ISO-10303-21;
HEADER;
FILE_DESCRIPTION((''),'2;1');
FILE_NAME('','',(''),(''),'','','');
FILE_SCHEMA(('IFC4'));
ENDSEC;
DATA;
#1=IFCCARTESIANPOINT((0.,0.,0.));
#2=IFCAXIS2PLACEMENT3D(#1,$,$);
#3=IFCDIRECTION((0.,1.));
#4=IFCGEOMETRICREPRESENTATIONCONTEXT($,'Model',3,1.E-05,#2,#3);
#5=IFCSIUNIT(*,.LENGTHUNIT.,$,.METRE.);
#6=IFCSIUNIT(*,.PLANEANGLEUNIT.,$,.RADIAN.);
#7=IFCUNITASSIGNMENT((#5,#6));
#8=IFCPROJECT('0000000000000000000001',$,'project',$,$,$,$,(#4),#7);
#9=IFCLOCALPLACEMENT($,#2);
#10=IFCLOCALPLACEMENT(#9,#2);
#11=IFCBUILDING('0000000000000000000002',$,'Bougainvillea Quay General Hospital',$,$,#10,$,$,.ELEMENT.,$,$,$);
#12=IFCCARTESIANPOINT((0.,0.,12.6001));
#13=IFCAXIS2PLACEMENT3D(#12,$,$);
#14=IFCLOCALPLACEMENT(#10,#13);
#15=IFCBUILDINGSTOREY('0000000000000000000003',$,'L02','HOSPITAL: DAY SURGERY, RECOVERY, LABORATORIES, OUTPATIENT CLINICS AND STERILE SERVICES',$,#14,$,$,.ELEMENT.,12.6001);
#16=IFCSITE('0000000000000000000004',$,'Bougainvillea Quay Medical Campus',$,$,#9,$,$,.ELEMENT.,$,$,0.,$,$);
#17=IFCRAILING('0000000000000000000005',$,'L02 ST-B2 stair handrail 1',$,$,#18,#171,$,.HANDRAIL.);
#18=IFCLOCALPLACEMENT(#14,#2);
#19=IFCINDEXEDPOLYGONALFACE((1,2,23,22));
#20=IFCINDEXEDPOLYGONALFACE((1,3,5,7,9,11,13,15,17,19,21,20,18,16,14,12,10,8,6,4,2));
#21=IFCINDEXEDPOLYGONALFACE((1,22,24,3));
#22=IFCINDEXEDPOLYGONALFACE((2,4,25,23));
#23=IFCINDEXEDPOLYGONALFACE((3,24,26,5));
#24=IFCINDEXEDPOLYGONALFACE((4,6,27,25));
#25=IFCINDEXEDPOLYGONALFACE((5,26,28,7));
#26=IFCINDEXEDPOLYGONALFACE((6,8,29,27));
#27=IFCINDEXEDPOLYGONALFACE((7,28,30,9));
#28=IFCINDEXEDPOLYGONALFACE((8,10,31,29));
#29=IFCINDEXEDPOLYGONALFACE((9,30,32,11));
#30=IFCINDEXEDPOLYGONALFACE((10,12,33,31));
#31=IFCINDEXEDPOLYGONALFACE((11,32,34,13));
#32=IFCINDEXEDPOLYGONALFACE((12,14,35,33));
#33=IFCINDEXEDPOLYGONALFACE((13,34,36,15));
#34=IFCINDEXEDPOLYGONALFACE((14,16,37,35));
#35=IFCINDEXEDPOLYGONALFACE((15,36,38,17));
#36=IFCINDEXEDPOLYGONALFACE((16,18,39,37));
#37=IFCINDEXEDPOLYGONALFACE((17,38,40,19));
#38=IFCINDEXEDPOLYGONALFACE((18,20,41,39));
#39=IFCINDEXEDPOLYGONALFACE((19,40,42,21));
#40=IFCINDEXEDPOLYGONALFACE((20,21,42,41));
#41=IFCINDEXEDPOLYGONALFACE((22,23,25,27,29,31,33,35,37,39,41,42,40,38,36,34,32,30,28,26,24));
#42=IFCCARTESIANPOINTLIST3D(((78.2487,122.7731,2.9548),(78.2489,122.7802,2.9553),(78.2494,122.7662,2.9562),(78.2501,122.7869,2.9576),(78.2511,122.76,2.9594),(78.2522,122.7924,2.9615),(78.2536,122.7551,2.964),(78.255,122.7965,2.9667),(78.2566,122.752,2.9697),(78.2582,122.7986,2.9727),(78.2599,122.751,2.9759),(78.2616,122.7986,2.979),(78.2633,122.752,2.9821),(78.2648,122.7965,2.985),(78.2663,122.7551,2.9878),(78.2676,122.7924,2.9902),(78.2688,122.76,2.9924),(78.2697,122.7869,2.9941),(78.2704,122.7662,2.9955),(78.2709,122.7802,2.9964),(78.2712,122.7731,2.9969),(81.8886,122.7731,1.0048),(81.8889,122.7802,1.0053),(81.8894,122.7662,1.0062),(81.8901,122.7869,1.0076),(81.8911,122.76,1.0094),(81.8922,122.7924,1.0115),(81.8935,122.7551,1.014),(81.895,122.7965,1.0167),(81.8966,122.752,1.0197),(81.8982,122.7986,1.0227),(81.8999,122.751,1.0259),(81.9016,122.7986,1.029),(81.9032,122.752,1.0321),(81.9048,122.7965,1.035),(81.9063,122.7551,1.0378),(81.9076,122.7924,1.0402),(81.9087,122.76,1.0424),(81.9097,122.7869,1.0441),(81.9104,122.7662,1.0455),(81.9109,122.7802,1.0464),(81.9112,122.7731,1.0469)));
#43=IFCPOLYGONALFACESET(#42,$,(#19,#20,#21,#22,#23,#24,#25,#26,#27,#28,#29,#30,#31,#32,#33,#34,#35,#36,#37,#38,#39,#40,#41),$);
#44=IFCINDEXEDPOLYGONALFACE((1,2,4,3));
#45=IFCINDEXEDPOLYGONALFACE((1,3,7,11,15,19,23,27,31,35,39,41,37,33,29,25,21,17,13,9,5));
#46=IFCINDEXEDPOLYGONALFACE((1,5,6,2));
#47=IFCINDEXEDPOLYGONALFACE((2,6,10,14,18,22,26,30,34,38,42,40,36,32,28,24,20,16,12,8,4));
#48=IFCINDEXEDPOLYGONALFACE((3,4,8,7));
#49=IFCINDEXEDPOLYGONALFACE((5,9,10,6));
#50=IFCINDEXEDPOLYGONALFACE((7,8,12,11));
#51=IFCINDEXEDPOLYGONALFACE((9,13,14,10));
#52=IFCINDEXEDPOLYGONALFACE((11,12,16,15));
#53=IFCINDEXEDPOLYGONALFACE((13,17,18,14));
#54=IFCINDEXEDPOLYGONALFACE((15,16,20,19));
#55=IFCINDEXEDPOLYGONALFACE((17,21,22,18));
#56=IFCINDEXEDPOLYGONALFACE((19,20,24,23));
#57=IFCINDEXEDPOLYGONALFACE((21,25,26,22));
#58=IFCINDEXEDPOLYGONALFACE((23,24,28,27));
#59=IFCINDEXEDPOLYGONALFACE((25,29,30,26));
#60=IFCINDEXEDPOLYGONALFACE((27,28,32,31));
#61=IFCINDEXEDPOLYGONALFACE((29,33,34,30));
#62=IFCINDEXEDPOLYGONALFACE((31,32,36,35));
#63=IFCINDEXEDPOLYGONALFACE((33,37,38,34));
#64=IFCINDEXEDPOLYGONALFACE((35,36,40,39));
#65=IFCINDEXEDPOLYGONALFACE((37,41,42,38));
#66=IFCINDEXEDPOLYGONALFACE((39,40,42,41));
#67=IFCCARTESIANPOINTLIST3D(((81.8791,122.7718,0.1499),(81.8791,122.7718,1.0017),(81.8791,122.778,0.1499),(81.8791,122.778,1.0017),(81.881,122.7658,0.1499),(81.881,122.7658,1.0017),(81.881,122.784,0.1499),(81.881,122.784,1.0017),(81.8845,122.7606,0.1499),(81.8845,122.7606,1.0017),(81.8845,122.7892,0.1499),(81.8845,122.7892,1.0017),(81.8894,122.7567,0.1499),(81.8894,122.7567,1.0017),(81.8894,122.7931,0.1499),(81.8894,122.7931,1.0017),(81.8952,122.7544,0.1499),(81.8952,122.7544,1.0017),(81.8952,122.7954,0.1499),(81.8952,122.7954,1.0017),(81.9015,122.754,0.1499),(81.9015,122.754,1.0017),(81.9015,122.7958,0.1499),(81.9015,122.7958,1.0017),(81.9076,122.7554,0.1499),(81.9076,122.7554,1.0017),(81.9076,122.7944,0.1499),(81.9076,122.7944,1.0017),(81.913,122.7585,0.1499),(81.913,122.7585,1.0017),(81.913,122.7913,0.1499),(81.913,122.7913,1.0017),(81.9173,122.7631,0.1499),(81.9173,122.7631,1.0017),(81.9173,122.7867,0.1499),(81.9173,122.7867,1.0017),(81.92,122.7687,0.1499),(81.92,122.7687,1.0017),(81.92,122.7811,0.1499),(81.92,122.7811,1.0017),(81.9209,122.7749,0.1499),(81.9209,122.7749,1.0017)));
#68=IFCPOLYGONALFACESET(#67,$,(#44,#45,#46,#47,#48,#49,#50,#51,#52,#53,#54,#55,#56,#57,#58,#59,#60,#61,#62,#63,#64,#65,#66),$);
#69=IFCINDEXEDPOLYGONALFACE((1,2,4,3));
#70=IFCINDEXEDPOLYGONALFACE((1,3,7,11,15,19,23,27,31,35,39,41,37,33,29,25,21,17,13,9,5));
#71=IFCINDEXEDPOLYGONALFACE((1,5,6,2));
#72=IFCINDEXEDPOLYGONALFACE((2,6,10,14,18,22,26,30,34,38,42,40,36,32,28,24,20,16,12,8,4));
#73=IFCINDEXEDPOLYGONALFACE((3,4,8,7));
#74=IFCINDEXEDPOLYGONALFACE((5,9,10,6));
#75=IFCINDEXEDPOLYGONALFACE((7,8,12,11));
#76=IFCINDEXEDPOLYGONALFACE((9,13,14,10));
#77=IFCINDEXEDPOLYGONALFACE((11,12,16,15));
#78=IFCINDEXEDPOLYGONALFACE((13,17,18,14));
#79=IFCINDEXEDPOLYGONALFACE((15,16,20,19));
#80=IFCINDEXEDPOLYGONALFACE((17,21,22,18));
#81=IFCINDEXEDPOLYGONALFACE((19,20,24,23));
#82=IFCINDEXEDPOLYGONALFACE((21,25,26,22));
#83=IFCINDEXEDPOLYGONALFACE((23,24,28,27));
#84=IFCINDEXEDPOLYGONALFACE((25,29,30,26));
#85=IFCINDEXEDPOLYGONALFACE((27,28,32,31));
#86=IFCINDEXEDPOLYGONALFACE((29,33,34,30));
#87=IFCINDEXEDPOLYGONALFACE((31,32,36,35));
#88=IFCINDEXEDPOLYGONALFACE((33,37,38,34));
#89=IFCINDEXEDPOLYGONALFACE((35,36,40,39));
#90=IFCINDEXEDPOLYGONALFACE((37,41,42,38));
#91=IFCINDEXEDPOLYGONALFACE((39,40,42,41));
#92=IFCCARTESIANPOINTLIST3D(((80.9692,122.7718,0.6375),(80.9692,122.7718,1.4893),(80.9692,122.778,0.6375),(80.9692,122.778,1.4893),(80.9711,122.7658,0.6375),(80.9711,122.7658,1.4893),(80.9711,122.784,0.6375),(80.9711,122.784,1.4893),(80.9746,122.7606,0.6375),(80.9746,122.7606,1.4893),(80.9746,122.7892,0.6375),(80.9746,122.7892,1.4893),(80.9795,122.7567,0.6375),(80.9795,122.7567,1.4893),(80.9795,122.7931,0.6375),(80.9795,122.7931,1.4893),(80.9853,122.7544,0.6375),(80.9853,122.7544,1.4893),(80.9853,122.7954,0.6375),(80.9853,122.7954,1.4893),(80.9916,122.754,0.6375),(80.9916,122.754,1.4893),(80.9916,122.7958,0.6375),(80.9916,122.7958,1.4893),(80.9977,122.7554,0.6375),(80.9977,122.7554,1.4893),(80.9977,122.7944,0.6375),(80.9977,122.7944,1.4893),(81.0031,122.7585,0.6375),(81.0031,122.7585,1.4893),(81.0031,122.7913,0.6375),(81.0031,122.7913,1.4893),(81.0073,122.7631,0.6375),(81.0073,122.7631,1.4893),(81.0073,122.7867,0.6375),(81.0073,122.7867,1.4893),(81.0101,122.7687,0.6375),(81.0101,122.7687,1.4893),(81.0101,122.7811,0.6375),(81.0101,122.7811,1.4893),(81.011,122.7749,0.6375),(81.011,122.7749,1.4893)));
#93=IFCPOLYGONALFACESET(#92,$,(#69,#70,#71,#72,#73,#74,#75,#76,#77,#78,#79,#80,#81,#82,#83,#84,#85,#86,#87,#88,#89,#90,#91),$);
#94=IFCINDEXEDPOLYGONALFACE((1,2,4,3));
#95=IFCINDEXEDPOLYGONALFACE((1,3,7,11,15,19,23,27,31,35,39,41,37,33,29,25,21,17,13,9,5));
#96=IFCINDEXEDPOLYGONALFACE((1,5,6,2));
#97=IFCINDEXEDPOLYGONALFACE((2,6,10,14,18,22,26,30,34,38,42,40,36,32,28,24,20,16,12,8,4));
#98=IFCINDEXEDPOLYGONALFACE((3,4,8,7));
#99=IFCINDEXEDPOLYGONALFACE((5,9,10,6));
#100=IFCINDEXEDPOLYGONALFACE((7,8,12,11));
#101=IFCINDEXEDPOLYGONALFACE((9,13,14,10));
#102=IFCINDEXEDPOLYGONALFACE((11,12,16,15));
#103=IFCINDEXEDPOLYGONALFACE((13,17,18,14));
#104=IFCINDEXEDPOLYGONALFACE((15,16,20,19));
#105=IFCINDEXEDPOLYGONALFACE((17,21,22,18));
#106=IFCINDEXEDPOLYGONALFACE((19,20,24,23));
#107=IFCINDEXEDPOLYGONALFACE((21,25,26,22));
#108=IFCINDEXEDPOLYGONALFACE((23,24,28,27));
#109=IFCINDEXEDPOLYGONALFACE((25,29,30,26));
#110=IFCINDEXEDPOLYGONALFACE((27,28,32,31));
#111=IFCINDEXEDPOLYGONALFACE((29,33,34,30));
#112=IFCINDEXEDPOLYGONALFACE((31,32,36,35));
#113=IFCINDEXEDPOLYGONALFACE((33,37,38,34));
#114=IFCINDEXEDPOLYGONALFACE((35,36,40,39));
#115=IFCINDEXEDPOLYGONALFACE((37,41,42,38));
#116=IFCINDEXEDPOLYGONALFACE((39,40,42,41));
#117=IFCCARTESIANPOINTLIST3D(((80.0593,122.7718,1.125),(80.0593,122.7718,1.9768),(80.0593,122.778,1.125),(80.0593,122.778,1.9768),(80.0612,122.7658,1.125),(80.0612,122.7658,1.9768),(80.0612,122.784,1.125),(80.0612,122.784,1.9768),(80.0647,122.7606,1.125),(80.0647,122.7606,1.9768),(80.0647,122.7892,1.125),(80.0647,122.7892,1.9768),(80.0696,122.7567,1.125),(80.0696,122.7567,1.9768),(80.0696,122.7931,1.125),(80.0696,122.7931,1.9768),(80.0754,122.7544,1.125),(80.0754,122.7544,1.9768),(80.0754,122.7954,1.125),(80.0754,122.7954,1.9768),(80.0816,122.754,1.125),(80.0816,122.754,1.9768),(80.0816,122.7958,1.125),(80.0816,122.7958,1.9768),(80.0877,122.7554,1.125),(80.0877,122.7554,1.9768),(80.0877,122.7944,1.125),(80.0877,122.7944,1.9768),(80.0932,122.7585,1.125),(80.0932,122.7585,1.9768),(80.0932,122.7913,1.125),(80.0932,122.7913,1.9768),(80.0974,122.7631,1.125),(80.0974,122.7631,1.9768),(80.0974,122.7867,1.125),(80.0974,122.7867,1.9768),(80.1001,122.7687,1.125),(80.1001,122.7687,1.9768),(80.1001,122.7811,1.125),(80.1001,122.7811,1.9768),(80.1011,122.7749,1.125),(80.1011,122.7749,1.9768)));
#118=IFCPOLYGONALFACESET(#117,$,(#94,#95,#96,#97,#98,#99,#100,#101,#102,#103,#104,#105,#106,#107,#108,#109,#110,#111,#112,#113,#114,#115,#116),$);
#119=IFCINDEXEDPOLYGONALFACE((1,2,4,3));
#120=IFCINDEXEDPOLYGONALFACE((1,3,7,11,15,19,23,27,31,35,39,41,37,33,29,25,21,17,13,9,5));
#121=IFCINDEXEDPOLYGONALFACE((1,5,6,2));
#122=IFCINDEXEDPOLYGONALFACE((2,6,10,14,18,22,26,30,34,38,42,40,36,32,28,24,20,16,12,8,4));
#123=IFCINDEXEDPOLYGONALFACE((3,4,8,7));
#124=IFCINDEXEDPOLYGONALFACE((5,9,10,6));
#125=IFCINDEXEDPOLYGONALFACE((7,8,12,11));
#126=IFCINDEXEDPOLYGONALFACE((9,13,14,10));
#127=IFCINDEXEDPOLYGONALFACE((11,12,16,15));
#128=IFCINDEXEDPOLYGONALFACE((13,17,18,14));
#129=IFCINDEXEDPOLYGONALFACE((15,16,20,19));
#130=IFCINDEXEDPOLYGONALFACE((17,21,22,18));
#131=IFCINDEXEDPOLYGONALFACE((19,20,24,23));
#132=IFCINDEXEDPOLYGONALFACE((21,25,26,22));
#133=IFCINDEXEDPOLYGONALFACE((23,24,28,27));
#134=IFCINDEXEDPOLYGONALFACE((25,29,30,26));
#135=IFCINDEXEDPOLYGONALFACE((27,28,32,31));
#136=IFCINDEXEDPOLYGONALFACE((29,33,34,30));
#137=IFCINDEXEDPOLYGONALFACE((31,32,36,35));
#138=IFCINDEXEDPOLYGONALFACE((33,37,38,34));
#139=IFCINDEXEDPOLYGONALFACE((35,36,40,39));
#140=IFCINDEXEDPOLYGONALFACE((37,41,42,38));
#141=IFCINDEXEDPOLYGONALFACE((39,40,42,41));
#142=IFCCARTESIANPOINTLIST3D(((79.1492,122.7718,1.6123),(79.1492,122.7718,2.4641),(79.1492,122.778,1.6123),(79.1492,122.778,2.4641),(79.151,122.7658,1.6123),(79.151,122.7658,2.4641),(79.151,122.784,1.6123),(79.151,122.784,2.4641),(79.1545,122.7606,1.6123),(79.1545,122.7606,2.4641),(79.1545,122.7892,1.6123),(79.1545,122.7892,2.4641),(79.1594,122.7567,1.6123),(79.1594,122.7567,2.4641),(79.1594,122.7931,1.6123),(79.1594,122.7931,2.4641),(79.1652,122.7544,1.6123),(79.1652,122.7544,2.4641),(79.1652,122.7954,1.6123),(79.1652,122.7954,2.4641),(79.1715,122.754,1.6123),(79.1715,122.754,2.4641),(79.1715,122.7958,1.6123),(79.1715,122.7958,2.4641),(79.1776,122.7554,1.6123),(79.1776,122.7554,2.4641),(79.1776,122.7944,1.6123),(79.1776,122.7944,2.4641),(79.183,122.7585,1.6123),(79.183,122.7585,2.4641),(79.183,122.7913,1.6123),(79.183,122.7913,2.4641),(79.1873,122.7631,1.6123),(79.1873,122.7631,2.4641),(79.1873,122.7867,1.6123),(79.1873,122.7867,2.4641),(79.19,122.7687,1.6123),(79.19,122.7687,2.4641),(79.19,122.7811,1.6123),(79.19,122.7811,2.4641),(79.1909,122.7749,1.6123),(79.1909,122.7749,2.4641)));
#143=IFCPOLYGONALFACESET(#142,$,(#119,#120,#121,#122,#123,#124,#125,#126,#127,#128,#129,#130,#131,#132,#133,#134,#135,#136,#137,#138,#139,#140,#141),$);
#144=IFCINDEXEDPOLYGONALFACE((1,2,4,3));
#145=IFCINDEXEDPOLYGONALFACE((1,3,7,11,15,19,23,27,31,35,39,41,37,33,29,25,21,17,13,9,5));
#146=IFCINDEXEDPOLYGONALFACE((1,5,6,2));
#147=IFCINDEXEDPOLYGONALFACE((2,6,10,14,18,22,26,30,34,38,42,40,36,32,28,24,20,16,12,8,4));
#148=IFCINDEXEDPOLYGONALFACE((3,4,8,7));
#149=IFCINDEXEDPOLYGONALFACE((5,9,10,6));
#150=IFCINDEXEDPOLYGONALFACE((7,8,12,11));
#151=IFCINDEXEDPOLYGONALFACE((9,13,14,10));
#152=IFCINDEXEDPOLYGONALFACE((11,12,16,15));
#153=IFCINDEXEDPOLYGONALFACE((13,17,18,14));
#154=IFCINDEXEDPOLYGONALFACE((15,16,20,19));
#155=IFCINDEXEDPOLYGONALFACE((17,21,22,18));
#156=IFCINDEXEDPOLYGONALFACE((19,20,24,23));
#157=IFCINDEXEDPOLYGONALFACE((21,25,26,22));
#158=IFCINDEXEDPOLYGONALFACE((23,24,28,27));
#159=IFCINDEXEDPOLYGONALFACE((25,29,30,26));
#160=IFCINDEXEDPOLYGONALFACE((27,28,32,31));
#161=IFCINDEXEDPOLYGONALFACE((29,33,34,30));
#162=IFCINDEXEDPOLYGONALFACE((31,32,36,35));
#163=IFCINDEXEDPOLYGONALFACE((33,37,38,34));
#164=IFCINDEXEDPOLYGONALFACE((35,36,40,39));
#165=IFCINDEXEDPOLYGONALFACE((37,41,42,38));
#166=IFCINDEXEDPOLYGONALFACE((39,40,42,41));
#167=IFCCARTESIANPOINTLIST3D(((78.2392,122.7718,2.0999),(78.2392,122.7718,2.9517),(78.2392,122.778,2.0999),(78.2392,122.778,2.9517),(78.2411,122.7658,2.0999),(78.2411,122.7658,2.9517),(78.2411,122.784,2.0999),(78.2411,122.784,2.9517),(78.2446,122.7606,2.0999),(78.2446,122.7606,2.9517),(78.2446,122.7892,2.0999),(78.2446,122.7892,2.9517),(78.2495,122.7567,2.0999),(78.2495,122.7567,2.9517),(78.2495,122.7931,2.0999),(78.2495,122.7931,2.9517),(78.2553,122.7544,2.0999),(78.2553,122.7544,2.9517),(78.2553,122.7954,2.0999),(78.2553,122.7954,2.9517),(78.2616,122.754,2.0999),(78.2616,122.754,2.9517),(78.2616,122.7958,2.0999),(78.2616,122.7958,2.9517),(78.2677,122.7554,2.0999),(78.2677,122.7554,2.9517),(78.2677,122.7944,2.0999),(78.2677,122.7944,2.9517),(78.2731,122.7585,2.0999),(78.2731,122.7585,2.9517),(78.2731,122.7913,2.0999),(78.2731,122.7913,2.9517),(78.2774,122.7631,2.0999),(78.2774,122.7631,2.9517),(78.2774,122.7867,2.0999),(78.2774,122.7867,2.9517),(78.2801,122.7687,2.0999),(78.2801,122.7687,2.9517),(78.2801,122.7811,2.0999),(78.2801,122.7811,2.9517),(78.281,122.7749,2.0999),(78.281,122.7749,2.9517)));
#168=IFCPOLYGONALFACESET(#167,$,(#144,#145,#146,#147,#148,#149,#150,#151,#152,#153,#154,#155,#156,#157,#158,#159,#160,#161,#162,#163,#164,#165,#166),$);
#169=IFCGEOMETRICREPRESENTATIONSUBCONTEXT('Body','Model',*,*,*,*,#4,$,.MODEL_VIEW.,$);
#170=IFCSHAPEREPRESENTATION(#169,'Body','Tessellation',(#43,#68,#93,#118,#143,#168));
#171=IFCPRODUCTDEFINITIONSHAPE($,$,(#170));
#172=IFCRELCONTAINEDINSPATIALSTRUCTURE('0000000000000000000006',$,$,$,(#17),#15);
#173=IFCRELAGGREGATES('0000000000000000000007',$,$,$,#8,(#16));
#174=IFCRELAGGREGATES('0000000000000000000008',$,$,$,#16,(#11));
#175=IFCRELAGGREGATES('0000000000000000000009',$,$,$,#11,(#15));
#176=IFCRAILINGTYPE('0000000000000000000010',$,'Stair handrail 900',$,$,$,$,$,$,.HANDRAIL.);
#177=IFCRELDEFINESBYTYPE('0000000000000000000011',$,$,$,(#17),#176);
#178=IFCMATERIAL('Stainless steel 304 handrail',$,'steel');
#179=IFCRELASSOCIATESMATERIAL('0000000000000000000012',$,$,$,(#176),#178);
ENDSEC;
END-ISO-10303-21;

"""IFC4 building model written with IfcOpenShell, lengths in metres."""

from ifc_helpers import new_model, si_unit, direction, frame, origin, origin_2d, place, context, subcontext, project, spatial, circle, extrude, material, type_object, element, save


model = new_model("IFC4")

# Units and contexts
model_context = context("Model", 3, precision=1e-05, world=origin(), true_north=direction((0.0, 1.0)))
body_context = subcontext(model_context, "Body", "Model", "MODEL_VIEW")
ifc_project = project(units=[si_unit("LENGTHUNIT", "METRE"), si_unit("PLANEANGLEUNIT", "RADIAN")], contexts=[model_context])

# Site, building, storey
site_placement = place(None, origin())
site = spatial("IfcSite", under=ifc_project, at=site_placement, Name="Bougainvillea Quay Medical Campus", CompositionType="ELEMENT", RefElevation=0.0)
building_placement = place(site_placement, origin())
building = spatial("IfcBuilding", under=site, at=building_placement, Name="Bougainvillea Quay General Hospital", CompositionType="ELEMENT")
storey_placement = place(building_placement, frame((0.0, 0.0, 12.6001)))
storey = spatial("IfcBuildingStorey", under=building, at=storey_placement, Name="L02", Description="HOSPITAL: DAY SURGERY, RECOVERY, LABORATORIES, OUTPATIENT CLINICS AND STERILE SERVICES", CompositionType="ELEMENT", Elevation=12.6001)

# Railing
ifc_material_1 = material(Name="Stainless steel 304 handrail", Category="steel")
railing_type_1 = type_object("IfcRailingType", Name="Stair handrail 900", PredefinedType="HANDRAIL", material=ifc_material_1)
railing_1_placement = place(storey_placement, frame((81.8999, 122.7749, 0.1499)))
element("IfcRailing", 1, at=railing_1_placement, inside=storey, type_object=railing_type_1, Name="L02 ST-B2 stair handrail 1", PredefinedType="HANDRAIL", context=body_context, shape_type="SweptSolid", body=[
    extrude(circle(Radius=0.0239, at=origin_2d()), frame((0.0, 0.0, 0.876), z_axis=(-0.881479, 0.0, 0.472223), x_axis=(0.0, -1.0, 0.0)), (0.0, 0.0, 1.0), 4.1294),
    extrude(circle(Radius=0.021, at=origin_2d()), origin(), (0.0, 0.0, 1.0), 0.8518),
    extrude(circle(Radius=0.021, at=origin_2d()), frame((-0.9099, 0.0, 0.4875)), (0.0, 0.0, 1.0), 0.8518),
    extrude(circle(Radius=0.021, at=origin_2d()), frame((-1.8198, 0.0, 0.9751)), (0.0, 0.0, 1.0), 0.8518),
    extrude(circle(Radius=0.021, at=origin_2d()), frame((-2.73, 0.0, 1.4624)), (0.0, 0.0, 1.0), 0.8518),
    extrude(circle(Radius=0.021, at=origin_2d()), frame((-3.6399, 0.0, 1.95)), (0.0, 0.0, 1.0), 0.8518),
])

save(model, "model.ifc")
